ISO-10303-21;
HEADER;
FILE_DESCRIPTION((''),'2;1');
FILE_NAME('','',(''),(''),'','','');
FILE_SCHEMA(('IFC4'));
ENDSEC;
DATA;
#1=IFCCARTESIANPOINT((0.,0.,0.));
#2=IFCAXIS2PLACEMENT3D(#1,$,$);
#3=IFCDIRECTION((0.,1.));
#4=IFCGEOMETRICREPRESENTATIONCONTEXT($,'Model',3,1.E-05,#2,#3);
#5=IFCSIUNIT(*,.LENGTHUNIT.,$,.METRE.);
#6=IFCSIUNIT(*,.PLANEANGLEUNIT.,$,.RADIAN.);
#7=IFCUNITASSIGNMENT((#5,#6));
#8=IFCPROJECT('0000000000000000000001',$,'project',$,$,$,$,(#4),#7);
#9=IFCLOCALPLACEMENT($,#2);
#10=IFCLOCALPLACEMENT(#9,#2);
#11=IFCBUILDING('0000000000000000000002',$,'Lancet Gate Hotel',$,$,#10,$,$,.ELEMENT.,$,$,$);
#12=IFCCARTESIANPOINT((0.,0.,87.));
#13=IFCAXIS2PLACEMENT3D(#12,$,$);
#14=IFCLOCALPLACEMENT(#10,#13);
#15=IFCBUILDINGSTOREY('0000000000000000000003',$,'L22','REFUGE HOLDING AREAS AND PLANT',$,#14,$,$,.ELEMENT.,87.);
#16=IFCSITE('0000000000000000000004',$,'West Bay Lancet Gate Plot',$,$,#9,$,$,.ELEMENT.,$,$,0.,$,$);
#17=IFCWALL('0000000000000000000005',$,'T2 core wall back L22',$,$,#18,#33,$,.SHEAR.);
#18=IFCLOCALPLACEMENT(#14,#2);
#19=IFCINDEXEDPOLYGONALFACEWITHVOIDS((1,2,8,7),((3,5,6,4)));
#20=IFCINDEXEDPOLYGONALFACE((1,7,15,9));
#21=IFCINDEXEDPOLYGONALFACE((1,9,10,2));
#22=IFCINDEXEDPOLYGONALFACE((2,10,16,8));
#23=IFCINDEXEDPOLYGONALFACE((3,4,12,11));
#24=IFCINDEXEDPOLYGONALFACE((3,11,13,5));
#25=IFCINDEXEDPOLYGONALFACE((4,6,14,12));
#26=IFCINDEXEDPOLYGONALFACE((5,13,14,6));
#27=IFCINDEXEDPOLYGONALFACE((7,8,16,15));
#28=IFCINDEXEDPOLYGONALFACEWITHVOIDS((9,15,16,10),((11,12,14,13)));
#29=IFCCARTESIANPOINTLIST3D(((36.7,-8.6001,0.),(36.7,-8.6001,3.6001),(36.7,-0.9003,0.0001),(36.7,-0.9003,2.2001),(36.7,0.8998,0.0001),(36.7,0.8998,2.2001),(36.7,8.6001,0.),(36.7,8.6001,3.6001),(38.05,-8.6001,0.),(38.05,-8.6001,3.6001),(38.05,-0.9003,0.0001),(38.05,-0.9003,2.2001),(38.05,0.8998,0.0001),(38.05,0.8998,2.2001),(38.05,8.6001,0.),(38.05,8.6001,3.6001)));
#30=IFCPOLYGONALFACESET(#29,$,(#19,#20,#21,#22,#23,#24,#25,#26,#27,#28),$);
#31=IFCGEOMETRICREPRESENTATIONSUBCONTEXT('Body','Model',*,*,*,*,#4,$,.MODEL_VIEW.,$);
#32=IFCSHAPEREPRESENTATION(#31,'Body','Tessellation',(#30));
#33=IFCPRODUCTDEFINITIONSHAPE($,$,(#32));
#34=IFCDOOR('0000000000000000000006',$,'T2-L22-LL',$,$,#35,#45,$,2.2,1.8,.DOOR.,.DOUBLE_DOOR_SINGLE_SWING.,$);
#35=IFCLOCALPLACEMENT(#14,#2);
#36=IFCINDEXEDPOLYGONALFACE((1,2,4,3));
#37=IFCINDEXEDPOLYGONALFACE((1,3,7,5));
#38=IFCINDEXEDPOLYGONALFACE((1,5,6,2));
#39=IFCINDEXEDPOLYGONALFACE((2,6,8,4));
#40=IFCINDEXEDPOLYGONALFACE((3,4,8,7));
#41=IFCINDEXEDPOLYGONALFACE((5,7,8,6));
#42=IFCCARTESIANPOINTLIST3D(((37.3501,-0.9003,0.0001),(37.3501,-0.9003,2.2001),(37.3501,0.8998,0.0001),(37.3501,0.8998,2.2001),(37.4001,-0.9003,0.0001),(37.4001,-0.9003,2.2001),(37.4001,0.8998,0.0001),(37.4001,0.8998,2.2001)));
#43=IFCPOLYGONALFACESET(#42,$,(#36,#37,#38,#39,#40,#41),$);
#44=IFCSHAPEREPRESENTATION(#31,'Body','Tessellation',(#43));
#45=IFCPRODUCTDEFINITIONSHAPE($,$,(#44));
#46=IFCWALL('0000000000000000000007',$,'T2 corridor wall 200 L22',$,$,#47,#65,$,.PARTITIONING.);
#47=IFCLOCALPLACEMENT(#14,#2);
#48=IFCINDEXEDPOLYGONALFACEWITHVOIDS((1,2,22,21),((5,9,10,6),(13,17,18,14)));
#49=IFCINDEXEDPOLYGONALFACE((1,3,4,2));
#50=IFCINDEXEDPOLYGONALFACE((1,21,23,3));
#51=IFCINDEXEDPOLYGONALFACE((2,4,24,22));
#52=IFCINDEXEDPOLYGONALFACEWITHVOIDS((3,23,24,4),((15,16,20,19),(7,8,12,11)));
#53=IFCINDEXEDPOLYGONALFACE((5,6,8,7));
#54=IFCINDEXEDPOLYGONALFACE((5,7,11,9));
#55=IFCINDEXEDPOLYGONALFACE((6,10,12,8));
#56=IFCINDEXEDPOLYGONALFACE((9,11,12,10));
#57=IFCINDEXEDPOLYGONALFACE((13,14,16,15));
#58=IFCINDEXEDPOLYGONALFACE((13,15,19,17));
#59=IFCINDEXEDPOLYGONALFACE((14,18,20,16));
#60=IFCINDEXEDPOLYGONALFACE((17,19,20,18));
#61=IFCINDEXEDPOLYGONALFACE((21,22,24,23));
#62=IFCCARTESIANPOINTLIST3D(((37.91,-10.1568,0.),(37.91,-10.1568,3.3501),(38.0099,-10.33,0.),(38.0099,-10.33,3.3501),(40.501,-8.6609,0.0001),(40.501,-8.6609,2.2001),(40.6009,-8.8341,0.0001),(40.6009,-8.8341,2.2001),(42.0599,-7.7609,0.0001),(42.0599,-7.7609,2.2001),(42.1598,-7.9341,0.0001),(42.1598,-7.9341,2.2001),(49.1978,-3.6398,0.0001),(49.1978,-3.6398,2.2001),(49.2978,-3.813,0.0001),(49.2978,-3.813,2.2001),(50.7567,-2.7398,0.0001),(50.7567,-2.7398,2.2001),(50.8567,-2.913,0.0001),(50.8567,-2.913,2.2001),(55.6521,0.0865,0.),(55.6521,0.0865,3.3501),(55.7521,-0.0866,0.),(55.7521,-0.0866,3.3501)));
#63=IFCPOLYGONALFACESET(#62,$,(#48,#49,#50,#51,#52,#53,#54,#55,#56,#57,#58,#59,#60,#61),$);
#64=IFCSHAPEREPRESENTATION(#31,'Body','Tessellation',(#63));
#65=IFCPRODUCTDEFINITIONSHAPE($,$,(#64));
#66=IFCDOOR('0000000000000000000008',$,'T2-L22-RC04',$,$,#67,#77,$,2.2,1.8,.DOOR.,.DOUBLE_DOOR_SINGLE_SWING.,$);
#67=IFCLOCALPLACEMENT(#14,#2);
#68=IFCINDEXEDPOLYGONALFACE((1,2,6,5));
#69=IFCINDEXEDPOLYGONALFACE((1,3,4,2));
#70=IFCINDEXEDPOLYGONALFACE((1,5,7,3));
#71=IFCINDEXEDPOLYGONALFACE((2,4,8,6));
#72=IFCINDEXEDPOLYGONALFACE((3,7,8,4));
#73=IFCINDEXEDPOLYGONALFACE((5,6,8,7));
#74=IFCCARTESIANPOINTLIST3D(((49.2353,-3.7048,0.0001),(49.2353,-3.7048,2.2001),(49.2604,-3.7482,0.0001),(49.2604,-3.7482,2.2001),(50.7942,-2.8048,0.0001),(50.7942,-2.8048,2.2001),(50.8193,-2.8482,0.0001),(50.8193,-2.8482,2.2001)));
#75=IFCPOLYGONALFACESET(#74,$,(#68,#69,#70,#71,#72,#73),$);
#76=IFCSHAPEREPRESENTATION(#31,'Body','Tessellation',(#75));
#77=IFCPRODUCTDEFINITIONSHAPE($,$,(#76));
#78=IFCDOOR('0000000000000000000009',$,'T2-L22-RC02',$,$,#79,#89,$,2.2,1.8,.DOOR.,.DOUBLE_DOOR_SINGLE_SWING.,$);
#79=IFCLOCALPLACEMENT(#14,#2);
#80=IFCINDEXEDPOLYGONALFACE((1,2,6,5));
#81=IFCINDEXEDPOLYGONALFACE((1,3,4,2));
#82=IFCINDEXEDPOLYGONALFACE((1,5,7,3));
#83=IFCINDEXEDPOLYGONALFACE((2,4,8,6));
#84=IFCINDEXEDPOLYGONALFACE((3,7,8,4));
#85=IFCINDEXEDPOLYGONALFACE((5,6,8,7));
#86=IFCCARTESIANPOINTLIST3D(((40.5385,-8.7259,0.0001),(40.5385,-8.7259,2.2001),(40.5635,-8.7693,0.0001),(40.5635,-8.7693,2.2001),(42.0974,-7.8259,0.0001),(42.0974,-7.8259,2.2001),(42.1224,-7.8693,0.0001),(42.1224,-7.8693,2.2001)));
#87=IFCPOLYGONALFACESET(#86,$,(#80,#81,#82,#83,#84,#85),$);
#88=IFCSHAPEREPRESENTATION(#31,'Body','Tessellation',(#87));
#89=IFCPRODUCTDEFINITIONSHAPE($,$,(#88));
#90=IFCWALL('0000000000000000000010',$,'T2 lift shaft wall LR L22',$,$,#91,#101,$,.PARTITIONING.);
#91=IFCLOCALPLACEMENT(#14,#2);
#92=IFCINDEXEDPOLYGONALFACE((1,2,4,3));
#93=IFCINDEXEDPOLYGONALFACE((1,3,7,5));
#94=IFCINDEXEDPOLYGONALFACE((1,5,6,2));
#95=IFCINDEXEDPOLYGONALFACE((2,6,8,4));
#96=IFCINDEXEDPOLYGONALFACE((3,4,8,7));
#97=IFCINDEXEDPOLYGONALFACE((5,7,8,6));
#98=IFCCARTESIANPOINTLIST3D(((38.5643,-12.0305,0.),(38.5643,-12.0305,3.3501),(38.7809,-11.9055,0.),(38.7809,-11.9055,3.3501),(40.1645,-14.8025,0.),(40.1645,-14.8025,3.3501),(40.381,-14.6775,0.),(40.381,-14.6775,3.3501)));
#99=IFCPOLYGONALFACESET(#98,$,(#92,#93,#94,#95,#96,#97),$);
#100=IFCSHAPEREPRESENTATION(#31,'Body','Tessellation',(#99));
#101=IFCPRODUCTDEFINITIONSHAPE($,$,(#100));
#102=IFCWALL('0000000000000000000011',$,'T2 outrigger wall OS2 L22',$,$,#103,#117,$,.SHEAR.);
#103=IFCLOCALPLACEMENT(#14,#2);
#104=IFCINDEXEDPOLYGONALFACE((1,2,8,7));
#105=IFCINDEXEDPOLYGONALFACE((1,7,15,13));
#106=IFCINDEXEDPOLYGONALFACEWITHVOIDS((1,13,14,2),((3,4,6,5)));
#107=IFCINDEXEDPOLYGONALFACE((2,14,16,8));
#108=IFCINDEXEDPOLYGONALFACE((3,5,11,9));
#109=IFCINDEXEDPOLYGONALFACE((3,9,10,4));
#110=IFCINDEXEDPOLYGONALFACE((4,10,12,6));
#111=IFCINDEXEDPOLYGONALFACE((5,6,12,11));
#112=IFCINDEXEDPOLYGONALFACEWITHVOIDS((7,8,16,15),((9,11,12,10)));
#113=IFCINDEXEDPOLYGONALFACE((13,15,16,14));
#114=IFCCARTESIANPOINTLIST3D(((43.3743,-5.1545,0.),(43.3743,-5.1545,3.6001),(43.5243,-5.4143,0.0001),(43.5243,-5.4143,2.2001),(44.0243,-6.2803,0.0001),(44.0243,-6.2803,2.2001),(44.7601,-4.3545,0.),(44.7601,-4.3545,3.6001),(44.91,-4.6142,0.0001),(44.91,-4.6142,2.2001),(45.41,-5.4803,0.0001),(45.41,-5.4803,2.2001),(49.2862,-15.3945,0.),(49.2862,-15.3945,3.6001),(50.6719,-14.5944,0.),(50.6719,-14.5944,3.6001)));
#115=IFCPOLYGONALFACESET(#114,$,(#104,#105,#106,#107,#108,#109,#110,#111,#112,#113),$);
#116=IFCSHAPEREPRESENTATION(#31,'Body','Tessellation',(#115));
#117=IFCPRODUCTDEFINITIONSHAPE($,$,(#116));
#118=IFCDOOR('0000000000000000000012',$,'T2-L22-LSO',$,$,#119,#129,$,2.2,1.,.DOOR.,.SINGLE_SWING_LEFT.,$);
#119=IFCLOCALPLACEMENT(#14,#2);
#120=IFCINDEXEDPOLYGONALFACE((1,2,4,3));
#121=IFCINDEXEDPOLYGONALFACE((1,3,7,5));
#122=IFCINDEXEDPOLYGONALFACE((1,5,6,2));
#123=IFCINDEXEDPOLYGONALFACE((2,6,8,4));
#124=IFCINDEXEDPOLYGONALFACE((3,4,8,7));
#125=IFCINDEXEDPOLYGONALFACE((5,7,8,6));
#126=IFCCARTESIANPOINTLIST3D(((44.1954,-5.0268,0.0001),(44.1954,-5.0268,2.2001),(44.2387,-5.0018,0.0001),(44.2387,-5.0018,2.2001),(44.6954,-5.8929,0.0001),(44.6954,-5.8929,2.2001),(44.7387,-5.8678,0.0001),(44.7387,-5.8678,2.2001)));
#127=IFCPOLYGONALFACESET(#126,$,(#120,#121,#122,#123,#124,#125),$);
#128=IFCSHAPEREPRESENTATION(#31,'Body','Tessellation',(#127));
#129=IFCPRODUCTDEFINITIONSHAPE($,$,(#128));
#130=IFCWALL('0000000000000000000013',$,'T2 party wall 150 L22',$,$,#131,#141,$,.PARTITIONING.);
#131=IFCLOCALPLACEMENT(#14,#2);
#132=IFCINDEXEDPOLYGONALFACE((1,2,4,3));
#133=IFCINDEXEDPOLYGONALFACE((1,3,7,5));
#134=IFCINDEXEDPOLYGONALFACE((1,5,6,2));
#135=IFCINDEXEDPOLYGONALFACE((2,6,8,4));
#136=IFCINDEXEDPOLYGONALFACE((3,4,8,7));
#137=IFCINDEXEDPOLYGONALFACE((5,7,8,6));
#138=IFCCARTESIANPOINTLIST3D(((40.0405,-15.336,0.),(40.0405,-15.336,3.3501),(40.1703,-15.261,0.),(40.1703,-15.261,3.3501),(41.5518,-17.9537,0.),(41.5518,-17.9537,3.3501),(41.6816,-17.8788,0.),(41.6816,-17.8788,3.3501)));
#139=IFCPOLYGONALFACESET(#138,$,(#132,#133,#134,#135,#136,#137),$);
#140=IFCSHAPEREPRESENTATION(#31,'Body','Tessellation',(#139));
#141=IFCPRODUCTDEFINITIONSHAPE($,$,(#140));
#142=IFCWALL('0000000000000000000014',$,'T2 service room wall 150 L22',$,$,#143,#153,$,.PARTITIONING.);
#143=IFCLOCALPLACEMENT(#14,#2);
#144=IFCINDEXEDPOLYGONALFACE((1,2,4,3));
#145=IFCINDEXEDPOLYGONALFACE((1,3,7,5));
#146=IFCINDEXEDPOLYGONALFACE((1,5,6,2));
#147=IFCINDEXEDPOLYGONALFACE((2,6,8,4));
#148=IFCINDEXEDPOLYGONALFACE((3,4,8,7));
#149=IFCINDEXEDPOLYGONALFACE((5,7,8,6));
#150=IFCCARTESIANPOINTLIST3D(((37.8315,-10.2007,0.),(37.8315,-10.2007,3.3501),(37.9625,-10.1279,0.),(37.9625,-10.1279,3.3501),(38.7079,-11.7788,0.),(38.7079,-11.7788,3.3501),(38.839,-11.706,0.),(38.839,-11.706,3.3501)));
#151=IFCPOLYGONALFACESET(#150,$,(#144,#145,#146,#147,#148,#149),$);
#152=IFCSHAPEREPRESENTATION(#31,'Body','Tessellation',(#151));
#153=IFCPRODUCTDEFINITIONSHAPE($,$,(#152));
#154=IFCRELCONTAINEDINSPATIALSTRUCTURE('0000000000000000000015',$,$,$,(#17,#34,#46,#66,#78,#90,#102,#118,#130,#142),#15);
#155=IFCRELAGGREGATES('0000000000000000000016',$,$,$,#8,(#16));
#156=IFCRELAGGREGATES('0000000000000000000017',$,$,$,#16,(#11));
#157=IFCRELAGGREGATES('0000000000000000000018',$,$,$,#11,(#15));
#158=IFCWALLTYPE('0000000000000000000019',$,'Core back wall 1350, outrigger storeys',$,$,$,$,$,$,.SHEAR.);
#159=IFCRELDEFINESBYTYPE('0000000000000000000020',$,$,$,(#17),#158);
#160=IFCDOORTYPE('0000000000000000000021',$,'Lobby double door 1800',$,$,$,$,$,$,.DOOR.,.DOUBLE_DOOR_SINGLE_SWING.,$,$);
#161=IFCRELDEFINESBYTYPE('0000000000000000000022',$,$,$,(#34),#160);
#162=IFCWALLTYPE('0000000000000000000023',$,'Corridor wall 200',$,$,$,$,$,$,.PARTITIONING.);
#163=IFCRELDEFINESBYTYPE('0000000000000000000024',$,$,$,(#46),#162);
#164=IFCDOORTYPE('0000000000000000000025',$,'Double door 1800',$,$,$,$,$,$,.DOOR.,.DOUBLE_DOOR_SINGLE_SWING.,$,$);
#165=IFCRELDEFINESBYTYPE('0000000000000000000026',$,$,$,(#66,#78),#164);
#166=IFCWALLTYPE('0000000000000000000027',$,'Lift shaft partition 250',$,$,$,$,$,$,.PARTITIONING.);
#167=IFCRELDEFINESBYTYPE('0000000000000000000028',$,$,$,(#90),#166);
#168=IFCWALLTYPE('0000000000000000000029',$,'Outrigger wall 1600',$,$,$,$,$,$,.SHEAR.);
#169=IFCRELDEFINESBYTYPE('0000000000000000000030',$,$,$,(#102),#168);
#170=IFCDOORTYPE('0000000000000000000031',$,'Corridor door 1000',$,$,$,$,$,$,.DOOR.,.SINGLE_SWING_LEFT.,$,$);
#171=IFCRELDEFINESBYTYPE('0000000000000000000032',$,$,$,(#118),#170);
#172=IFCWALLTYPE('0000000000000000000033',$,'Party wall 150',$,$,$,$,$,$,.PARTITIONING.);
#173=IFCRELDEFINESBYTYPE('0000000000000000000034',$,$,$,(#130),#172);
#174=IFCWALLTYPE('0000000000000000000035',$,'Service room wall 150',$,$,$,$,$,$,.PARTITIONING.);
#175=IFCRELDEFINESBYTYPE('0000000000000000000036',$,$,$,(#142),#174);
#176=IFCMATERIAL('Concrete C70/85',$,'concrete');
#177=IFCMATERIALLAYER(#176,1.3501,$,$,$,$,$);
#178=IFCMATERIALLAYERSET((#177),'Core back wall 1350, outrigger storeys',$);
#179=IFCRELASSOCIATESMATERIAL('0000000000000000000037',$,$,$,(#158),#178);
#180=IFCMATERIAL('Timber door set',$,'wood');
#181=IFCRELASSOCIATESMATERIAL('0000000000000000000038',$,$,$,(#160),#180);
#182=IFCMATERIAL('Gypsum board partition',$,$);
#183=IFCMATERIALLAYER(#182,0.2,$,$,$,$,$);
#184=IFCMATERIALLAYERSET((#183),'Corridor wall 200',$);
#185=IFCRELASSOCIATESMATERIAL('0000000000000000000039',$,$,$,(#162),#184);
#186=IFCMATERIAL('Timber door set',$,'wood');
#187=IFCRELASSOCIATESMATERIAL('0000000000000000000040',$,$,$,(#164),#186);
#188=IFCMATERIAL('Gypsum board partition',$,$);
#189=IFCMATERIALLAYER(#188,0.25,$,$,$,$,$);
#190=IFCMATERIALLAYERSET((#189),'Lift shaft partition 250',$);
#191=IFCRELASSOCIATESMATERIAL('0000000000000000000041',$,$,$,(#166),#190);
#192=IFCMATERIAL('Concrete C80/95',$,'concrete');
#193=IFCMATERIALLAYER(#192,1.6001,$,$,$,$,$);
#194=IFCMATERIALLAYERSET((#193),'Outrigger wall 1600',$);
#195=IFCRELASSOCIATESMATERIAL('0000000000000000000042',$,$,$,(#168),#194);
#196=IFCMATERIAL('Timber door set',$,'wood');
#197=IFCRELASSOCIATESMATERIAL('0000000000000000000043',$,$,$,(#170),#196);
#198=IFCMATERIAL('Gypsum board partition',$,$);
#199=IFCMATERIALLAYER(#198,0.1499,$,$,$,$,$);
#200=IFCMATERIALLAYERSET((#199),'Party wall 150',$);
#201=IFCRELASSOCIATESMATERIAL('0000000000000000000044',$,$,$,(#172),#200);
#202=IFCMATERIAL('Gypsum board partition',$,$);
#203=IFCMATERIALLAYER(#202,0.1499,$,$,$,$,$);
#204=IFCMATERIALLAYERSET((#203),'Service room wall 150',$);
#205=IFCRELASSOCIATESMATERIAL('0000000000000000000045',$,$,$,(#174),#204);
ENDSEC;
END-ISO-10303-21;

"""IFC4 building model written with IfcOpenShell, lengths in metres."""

from ifc_helpers import new_model, si_unit, direction, frame, frame_2d, origin, place, context, subcontext, project, spatial, rectangle, extrude, material, layer, layer_set, type_object, element, fill, save


model = new_model("IFC4")

# Units and contexts
model_context = context("Model", 3, precision=1e-05, world=origin(), true_north=direction((0.0, 1.0)))
body_context = subcontext(model_context, "Body", "Model", "MODEL_VIEW")
ifc_project = project(units=[si_unit("LENGTHUNIT", "METRE"), si_unit("PLANEANGLEUNIT", "RADIAN")], contexts=[model_context])

# Site, building, storey
site_placement = place(None, origin())
site = spatial("IfcSite", under=ifc_project, at=site_placement, Name="West Bay Lancet Gate Plot", CompositionType="ELEMENT", RefElevation=0.0)
building_placement = place(site_placement, origin())
building = spatial("IfcBuilding", under=site, at=building_placement, Name="Lancet Gate Hotel", CompositionType="ELEMENT")
storey_placement = place(building_placement, frame((0.0, 0.0, 87.0)))
storey = spatial("IfcBuildingStorey", under=building, at=storey_placement, Name="L22", Description="REFUGE HOLDING AREAS AND PLANT", CompositionType="ELEMENT", Elevation=87.0)

# Wall, opening, door
ifc_material_1 = material(Name="Concrete C70/85", Category="concrete")
ifc_layer_1 = layer(ifc_material_1, 1.3501)
ifc_layer_set_1 = layer_set([ifc_layer_1], Name="Core back wall 1350, outrigger storeys")
wall_type_1 = type_object("IfcWallType", Name="Core back wall 1350, outrigger storeys", PredefinedType="SHEAR", material=ifc_layer_set_1)
wall_1_placement = place(storey_placement, frame((37.375, -8.6001, 0.0), z_axis=(0.0, 0.0, 1.0), x_axis=(0.0, 1.0, 0.0)))
wall_1 = element("IfcWall", 1, at=wall_1_placement, inside=storey, type_object=wall_type_1, Name="T2 core wall back L22", PredefinedType="SHEAR", context=body_context, shape_type="SweptSolid", body=[
    extrude(rectangle(XDim=17.2002, YDim=1.3501, at=frame_2d((8.6001, 0.0))), origin(), (0.0, 0.0, 1.0), 3.6001),
])
opening_1_placement = place(wall_1_placement, frame((7.7, 0.0, 0.0)))
opening_1 = element("IfcOpeningElement", 2, at=opening_1_placement, cuts=wall_1, PredefinedType="OPENING", context=body_context, shape_type="SweptSolid", body=[
    extrude(rectangle(XDim=1.8, YDim=2.2, at=frame_2d((0.8999, 1.1001))), frame((0.0, 0.6851, 0.0), z_axis=(0.0, -1.0, 0.0), x_axis=(1.0, 0.0, 0.0)), (0.0, 0.0, 1.0), 1.3701),
])
ifc_material_2 = material(Name="Timber door set", Category="wood")
door_type_1 = type_object("IfcDoorType", Name="Lobby double door 1800", OperationType="DOUBLE_DOOR_SINGLE_SWING", PredefinedType="DOOR", material=ifc_material_2)
door_1_placement = place(opening_1_placement, origin())
door_1 = element("IfcDoor", 3, at=door_1_placement, inside=storey, type_object=door_type_1, Name="T2-L22-LL", OperationType="DOUBLE_DOOR_SINGLE_SWING", OverallHeight=2.2, OverallWidth=1.8, PredefinedType="DOOR", context=body_context, shape_type="SweptSolid", body=[
    extrude(rectangle(XDim=1.8, YDim=2.2, at=frame_2d((0.8999, 1.1001))), frame((0.0, 0.0249, 0.0), z_axis=(0.0, -1.0, 0.0), x_axis=(1.0, 0.0, 0.0)), (0.0, 0.0, 1.0), 0.05),
])
fill(opening_1, door_1)

# Wall, openings, doors
ifc_material_3 = material(Name="Gypsum board partition")
ifc_layer_2 = layer(ifc_material_3, 0.2)
ifc_layer_set_2 = layer_set([ifc_layer_2], Name="Corridor wall 200")
wall_type_2 = type_object("IfcWallType", Name="Corridor wall 200", PredefinedType="PARTITIONING", material=ifc_layer_set_2)
wall_2_placement = place(storey_placement, frame((37.96, -10.2434, 0.0), z_axis=(0.0, 0.0, 1.0), x_axis=(0.866026, 0.499998, 0.0)))
wall_2 = element("IfcWall", 4, at=wall_2_placement, inside=storey, type_object=wall_type_2, Name="T2 corridor wall 200 L22", PredefinedType="PARTITIONING", context=body_context, shape_type="SweptSolid", body=[
    extrude(rectangle(XDim=20.4868, YDim=0.2, at=frame_2d((10.2434, 0.0))), origin(), (0.0, 0.0, 1.0), 3.3501),
])
opening_2_placement = place(wall_2_placement, frame((13.0342, 0.0, 0.0)))
opening_2 = element("IfcOpeningElement", 5, at=opening_2_placement, cuts=wall_2, PredefinedType="OPENING", context=body_context, shape_type="SweptSolid", body=[
    extrude(rectangle(XDim=1.8, YDim=2.2, at=frame_2d((0.8999, 1.1001))), frame((0.0, 0.1099, 0.0), z_axis=(0.0, -1.0, 0.0), x_axis=(1.0, 0.0, 0.0)), (0.0, 0.0, 1.0), 0.22),
])
opening_3_placement = place(wall_2_placement, frame((2.9919, 0.0, 0.0)))
opening_3 = element("IfcOpeningElement", 6, at=opening_3_placement, cuts=wall_2, PredefinedType="OPENING", context=body_context, shape_type="SweptSolid", body=[
    extrude(rectangle(XDim=1.8, YDim=2.2, at=frame_2d((0.8999, 1.1001))), frame((0.0, 0.1099, 0.0), z_axis=(0.0, -1.0, 0.0), x_axis=(1.0, 0.0, 0.0)), (0.0, 0.0, 1.0), 0.22),
])
ifc_material_4 = material(Name="Timber door set", Category="wood")
door_type_2 = type_object("IfcDoorType", Name="Double door 1800", OperationType="DOUBLE_DOOR_SINGLE_SWING", PredefinedType="DOOR", material=ifc_material_4)
door_2_placement = place(opening_2_placement, origin())
door_2 = element("IfcDoor", 7, at=door_2_placement, inside=storey, type_object=door_type_2, Name="T2-L22-RC04", OperationType="DOUBLE_DOOR_SINGLE_SWING", OverallHeight=2.2, OverallWidth=1.8, PredefinedType="DOOR", context=body_context, shape_type="SweptSolid", body=[
    extrude(rectangle(XDim=1.8, YDim=2.2, at=frame_2d((0.8999, 1.1001))), frame((0.0, 0.0249, 0.0), z_axis=(0.0, -1.0, 0.0), x_axis=(1.0, 0.0, 0.0)), (0.0, 0.0, 1.0), 0.05),
])
fill(opening_2, door_2)
door_3_placement = place(opening_3_placement, origin())
door_3 = element("IfcDoor", 8, at=door_3_placement, inside=storey, type_object=door_type_2, Name="T2-L22-RC02", OperationType="DOUBLE_DOOR_SINGLE_SWING", OverallHeight=2.2, OverallWidth=1.8, PredefinedType="DOOR", context=body_context, shape_type="SweptSolid", body=[
    extrude(rectangle(XDim=1.8, YDim=2.2, at=frame_2d((0.8999, 1.1001))), frame((0.0, 0.0249, 0.0), z_axis=(0.0, -1.0, 0.0), x_axis=(1.0, 0.0, 0.0)), (0.0, 0.0, 1.0), 0.05),
])
fill(opening_3, door_3)

# Wall
ifc_material_5 = material(Name="Gypsum board partition")
ifc_layer_3 = layer(ifc_material_5, 0.25)
ifc_layer_set_3 = layer_set([ifc_layer_3], Name="Lift shaft partition 250")
wall_type_3 = type_object("IfcWallType", Name="Lift shaft partition 250", PredefinedType="PARTITIONING", material=ifc_layer_set_3)
wall_3_placement = place(storey_placement, frame((38.6726, -11.968, 0.0), z_axis=(0.0, 0.0, 1.0), x_axis=(0.499929, -0.866066, 0.0)))
element("IfcWall", 9, at=wall_3_placement, inside=storey, type_object=wall_type_3, Name="T2 lift shaft wall LR L22", PredefinedType="PARTITIONING", context=body_context, shape_type="SweptSolid", body=[
    extrude(rectangle(XDim=3.2007, YDim=0.25, at=frame_2d((1.6003, 0.0))), origin(), (0.0, 0.0, 1.0), 3.3501),
])

# Wall, opening, door
ifc_material_6 = material(Name="Concrete C80/95", Category="concrete")
ifc_layer_4 = layer(ifc_material_6, 1.6001)
ifc_layer_set_4 = layer_set([ifc_layer_4], Name="Outrigger wall 1600")
wall_type_4 = type_object("IfcWallType", Name="Outrigger wall 1600", PredefinedType="SHEAR", material=ifc_layer_set_4)
wall_4_placement = place(storey_placement, frame((44.0671, -4.7544, 0.0), z_axis=(0.0, 0.0, 1.0), x_axis=(0.499988, -0.866033, 0.0)))
wall_4 = element("IfcWall", 10, at=wall_4_placement, inside=storey, type_object=wall_type_4, Name="T2 outrigger wall OS2 L22", PredefinedType="SHEAR", context=body_context, shape_type="SweptSolid", body=[
    extrude(rectangle(XDim=11.824, YDim=1.6001, at=frame_2d((5.9121, 0.0))), origin(), (0.0, 0.0, 1.0), 3.6001),
])
opening_4_placement = place(wall_4_placement, frame((0.3, 0.0, 0.0)))
opening_4 = element("IfcOpeningElement", 11, at=opening_4_placement, cuts=wall_4, PredefinedType="OPENING", context=body_context, shape_type="SweptSolid", body=[
    extrude(rectangle(XDim=1.0, YDim=2.2, at=frame_2d((0.5, 1.1001))), frame((0.0, 0.8101, 0.0), z_axis=(0.0, -1.0, 0.0), x_axis=(1.0, 0.0, 0.0)), (0.0, 0.0, 1.0), 1.6201),
])
ifc_material_7 = material(Name="Timber door set", Category="wood")
door_type_3 = type_object("IfcDoorType", Name="Corridor door 1000", OperationType="SINGLE_SWING_LEFT", PredefinedType="DOOR", material=ifc_material_7)
door_4_placement = place(opening_4_placement, origin())
door_4 = element("IfcDoor", 12, at=door_4_placement, inside=storey, type_object=door_type_3, Name="T2-L22-LSO", OperationType="SINGLE_SWING_LEFT", OverallHeight=2.2, OverallWidth=1.0, PredefinedType="DOOR", context=body_context, shape_type="SweptSolid", body=[
    extrude(rectangle(XDim=1.0, YDim=2.2, at=frame_2d((0.5, 1.1001))), frame((0.0, 0.0249, 0.0), z_axis=(0.0, -1.0, 0.0), x_axis=(1.0, 0.0, 0.0)), (0.0, 0.0, 1.0), 0.05),
])
fill(opening_4, door_4)

# Walls
ifc_material_8 = material(Name="Gypsum board partition")
ifc_layer_5 = layer(ifc_material_8, 0.1499)
ifc_layer_set_5 = layer_set([ifc_layer_5], Name="Party wall 150")
wall_type_5 = type_object("IfcWallType", Name="Party wall 150", PredefinedType="PARTITIONING", material=ifc_layer_set_5)
wall_5_placement = place(storey_placement, frame((40.1055, -15.2986, 0.0), z_axis=(0.0, 0.0, 1.0), x_axis=(0.499979, -0.866038, 0.0)))
element("IfcWall", 13, at=wall_5_placement, inside=storey, type_object=wall_type_5, Name="T2 party wall 150 L22", PredefinedType="PARTITIONING", context=body_context, shape_type="SweptSolid", body=[
    extrude(rectangle(XDim=3.0227, YDim=0.1499, at=frame_2d((1.5112, 0.0))), origin(), (0.0, 0.0, 1.0), 3.3501),
])
ifc_material_9 = material(Name="Gypsum board partition")
ifc_layer_6 = layer(ifc_material_9, 0.1499)
ifc_layer_set_6 = layer_set([ifc_layer_6], Name="Service room wall 150")
wall_type_6 = type_object("IfcWallType", Name="Service room wall 150", PredefinedType="PARTITIONING", material=ifc_layer_set_6)
wall_6_placement = place(storey_placement, frame((38.7734, -11.7424, 0.0), z_axis=(0.0, 0.0, 1.0), x_axis=(-0.485528, 0.874221, 0.0)))
element("IfcWall", 14, at=wall_6_placement, inside=storey, type_object=wall_type_6, Name="T2 service room wall 150 L22", PredefinedType="PARTITIONING", context=body_context, shape_type="SweptSolid", body=[
    extrude(rectangle(XDim=1.8052, YDim=0.1499, at=frame_2d((0.9026, 0.0))), origin(), (0.0, 0.0, 1.0), 3.3501),
])

save(model, "model.ifc")
